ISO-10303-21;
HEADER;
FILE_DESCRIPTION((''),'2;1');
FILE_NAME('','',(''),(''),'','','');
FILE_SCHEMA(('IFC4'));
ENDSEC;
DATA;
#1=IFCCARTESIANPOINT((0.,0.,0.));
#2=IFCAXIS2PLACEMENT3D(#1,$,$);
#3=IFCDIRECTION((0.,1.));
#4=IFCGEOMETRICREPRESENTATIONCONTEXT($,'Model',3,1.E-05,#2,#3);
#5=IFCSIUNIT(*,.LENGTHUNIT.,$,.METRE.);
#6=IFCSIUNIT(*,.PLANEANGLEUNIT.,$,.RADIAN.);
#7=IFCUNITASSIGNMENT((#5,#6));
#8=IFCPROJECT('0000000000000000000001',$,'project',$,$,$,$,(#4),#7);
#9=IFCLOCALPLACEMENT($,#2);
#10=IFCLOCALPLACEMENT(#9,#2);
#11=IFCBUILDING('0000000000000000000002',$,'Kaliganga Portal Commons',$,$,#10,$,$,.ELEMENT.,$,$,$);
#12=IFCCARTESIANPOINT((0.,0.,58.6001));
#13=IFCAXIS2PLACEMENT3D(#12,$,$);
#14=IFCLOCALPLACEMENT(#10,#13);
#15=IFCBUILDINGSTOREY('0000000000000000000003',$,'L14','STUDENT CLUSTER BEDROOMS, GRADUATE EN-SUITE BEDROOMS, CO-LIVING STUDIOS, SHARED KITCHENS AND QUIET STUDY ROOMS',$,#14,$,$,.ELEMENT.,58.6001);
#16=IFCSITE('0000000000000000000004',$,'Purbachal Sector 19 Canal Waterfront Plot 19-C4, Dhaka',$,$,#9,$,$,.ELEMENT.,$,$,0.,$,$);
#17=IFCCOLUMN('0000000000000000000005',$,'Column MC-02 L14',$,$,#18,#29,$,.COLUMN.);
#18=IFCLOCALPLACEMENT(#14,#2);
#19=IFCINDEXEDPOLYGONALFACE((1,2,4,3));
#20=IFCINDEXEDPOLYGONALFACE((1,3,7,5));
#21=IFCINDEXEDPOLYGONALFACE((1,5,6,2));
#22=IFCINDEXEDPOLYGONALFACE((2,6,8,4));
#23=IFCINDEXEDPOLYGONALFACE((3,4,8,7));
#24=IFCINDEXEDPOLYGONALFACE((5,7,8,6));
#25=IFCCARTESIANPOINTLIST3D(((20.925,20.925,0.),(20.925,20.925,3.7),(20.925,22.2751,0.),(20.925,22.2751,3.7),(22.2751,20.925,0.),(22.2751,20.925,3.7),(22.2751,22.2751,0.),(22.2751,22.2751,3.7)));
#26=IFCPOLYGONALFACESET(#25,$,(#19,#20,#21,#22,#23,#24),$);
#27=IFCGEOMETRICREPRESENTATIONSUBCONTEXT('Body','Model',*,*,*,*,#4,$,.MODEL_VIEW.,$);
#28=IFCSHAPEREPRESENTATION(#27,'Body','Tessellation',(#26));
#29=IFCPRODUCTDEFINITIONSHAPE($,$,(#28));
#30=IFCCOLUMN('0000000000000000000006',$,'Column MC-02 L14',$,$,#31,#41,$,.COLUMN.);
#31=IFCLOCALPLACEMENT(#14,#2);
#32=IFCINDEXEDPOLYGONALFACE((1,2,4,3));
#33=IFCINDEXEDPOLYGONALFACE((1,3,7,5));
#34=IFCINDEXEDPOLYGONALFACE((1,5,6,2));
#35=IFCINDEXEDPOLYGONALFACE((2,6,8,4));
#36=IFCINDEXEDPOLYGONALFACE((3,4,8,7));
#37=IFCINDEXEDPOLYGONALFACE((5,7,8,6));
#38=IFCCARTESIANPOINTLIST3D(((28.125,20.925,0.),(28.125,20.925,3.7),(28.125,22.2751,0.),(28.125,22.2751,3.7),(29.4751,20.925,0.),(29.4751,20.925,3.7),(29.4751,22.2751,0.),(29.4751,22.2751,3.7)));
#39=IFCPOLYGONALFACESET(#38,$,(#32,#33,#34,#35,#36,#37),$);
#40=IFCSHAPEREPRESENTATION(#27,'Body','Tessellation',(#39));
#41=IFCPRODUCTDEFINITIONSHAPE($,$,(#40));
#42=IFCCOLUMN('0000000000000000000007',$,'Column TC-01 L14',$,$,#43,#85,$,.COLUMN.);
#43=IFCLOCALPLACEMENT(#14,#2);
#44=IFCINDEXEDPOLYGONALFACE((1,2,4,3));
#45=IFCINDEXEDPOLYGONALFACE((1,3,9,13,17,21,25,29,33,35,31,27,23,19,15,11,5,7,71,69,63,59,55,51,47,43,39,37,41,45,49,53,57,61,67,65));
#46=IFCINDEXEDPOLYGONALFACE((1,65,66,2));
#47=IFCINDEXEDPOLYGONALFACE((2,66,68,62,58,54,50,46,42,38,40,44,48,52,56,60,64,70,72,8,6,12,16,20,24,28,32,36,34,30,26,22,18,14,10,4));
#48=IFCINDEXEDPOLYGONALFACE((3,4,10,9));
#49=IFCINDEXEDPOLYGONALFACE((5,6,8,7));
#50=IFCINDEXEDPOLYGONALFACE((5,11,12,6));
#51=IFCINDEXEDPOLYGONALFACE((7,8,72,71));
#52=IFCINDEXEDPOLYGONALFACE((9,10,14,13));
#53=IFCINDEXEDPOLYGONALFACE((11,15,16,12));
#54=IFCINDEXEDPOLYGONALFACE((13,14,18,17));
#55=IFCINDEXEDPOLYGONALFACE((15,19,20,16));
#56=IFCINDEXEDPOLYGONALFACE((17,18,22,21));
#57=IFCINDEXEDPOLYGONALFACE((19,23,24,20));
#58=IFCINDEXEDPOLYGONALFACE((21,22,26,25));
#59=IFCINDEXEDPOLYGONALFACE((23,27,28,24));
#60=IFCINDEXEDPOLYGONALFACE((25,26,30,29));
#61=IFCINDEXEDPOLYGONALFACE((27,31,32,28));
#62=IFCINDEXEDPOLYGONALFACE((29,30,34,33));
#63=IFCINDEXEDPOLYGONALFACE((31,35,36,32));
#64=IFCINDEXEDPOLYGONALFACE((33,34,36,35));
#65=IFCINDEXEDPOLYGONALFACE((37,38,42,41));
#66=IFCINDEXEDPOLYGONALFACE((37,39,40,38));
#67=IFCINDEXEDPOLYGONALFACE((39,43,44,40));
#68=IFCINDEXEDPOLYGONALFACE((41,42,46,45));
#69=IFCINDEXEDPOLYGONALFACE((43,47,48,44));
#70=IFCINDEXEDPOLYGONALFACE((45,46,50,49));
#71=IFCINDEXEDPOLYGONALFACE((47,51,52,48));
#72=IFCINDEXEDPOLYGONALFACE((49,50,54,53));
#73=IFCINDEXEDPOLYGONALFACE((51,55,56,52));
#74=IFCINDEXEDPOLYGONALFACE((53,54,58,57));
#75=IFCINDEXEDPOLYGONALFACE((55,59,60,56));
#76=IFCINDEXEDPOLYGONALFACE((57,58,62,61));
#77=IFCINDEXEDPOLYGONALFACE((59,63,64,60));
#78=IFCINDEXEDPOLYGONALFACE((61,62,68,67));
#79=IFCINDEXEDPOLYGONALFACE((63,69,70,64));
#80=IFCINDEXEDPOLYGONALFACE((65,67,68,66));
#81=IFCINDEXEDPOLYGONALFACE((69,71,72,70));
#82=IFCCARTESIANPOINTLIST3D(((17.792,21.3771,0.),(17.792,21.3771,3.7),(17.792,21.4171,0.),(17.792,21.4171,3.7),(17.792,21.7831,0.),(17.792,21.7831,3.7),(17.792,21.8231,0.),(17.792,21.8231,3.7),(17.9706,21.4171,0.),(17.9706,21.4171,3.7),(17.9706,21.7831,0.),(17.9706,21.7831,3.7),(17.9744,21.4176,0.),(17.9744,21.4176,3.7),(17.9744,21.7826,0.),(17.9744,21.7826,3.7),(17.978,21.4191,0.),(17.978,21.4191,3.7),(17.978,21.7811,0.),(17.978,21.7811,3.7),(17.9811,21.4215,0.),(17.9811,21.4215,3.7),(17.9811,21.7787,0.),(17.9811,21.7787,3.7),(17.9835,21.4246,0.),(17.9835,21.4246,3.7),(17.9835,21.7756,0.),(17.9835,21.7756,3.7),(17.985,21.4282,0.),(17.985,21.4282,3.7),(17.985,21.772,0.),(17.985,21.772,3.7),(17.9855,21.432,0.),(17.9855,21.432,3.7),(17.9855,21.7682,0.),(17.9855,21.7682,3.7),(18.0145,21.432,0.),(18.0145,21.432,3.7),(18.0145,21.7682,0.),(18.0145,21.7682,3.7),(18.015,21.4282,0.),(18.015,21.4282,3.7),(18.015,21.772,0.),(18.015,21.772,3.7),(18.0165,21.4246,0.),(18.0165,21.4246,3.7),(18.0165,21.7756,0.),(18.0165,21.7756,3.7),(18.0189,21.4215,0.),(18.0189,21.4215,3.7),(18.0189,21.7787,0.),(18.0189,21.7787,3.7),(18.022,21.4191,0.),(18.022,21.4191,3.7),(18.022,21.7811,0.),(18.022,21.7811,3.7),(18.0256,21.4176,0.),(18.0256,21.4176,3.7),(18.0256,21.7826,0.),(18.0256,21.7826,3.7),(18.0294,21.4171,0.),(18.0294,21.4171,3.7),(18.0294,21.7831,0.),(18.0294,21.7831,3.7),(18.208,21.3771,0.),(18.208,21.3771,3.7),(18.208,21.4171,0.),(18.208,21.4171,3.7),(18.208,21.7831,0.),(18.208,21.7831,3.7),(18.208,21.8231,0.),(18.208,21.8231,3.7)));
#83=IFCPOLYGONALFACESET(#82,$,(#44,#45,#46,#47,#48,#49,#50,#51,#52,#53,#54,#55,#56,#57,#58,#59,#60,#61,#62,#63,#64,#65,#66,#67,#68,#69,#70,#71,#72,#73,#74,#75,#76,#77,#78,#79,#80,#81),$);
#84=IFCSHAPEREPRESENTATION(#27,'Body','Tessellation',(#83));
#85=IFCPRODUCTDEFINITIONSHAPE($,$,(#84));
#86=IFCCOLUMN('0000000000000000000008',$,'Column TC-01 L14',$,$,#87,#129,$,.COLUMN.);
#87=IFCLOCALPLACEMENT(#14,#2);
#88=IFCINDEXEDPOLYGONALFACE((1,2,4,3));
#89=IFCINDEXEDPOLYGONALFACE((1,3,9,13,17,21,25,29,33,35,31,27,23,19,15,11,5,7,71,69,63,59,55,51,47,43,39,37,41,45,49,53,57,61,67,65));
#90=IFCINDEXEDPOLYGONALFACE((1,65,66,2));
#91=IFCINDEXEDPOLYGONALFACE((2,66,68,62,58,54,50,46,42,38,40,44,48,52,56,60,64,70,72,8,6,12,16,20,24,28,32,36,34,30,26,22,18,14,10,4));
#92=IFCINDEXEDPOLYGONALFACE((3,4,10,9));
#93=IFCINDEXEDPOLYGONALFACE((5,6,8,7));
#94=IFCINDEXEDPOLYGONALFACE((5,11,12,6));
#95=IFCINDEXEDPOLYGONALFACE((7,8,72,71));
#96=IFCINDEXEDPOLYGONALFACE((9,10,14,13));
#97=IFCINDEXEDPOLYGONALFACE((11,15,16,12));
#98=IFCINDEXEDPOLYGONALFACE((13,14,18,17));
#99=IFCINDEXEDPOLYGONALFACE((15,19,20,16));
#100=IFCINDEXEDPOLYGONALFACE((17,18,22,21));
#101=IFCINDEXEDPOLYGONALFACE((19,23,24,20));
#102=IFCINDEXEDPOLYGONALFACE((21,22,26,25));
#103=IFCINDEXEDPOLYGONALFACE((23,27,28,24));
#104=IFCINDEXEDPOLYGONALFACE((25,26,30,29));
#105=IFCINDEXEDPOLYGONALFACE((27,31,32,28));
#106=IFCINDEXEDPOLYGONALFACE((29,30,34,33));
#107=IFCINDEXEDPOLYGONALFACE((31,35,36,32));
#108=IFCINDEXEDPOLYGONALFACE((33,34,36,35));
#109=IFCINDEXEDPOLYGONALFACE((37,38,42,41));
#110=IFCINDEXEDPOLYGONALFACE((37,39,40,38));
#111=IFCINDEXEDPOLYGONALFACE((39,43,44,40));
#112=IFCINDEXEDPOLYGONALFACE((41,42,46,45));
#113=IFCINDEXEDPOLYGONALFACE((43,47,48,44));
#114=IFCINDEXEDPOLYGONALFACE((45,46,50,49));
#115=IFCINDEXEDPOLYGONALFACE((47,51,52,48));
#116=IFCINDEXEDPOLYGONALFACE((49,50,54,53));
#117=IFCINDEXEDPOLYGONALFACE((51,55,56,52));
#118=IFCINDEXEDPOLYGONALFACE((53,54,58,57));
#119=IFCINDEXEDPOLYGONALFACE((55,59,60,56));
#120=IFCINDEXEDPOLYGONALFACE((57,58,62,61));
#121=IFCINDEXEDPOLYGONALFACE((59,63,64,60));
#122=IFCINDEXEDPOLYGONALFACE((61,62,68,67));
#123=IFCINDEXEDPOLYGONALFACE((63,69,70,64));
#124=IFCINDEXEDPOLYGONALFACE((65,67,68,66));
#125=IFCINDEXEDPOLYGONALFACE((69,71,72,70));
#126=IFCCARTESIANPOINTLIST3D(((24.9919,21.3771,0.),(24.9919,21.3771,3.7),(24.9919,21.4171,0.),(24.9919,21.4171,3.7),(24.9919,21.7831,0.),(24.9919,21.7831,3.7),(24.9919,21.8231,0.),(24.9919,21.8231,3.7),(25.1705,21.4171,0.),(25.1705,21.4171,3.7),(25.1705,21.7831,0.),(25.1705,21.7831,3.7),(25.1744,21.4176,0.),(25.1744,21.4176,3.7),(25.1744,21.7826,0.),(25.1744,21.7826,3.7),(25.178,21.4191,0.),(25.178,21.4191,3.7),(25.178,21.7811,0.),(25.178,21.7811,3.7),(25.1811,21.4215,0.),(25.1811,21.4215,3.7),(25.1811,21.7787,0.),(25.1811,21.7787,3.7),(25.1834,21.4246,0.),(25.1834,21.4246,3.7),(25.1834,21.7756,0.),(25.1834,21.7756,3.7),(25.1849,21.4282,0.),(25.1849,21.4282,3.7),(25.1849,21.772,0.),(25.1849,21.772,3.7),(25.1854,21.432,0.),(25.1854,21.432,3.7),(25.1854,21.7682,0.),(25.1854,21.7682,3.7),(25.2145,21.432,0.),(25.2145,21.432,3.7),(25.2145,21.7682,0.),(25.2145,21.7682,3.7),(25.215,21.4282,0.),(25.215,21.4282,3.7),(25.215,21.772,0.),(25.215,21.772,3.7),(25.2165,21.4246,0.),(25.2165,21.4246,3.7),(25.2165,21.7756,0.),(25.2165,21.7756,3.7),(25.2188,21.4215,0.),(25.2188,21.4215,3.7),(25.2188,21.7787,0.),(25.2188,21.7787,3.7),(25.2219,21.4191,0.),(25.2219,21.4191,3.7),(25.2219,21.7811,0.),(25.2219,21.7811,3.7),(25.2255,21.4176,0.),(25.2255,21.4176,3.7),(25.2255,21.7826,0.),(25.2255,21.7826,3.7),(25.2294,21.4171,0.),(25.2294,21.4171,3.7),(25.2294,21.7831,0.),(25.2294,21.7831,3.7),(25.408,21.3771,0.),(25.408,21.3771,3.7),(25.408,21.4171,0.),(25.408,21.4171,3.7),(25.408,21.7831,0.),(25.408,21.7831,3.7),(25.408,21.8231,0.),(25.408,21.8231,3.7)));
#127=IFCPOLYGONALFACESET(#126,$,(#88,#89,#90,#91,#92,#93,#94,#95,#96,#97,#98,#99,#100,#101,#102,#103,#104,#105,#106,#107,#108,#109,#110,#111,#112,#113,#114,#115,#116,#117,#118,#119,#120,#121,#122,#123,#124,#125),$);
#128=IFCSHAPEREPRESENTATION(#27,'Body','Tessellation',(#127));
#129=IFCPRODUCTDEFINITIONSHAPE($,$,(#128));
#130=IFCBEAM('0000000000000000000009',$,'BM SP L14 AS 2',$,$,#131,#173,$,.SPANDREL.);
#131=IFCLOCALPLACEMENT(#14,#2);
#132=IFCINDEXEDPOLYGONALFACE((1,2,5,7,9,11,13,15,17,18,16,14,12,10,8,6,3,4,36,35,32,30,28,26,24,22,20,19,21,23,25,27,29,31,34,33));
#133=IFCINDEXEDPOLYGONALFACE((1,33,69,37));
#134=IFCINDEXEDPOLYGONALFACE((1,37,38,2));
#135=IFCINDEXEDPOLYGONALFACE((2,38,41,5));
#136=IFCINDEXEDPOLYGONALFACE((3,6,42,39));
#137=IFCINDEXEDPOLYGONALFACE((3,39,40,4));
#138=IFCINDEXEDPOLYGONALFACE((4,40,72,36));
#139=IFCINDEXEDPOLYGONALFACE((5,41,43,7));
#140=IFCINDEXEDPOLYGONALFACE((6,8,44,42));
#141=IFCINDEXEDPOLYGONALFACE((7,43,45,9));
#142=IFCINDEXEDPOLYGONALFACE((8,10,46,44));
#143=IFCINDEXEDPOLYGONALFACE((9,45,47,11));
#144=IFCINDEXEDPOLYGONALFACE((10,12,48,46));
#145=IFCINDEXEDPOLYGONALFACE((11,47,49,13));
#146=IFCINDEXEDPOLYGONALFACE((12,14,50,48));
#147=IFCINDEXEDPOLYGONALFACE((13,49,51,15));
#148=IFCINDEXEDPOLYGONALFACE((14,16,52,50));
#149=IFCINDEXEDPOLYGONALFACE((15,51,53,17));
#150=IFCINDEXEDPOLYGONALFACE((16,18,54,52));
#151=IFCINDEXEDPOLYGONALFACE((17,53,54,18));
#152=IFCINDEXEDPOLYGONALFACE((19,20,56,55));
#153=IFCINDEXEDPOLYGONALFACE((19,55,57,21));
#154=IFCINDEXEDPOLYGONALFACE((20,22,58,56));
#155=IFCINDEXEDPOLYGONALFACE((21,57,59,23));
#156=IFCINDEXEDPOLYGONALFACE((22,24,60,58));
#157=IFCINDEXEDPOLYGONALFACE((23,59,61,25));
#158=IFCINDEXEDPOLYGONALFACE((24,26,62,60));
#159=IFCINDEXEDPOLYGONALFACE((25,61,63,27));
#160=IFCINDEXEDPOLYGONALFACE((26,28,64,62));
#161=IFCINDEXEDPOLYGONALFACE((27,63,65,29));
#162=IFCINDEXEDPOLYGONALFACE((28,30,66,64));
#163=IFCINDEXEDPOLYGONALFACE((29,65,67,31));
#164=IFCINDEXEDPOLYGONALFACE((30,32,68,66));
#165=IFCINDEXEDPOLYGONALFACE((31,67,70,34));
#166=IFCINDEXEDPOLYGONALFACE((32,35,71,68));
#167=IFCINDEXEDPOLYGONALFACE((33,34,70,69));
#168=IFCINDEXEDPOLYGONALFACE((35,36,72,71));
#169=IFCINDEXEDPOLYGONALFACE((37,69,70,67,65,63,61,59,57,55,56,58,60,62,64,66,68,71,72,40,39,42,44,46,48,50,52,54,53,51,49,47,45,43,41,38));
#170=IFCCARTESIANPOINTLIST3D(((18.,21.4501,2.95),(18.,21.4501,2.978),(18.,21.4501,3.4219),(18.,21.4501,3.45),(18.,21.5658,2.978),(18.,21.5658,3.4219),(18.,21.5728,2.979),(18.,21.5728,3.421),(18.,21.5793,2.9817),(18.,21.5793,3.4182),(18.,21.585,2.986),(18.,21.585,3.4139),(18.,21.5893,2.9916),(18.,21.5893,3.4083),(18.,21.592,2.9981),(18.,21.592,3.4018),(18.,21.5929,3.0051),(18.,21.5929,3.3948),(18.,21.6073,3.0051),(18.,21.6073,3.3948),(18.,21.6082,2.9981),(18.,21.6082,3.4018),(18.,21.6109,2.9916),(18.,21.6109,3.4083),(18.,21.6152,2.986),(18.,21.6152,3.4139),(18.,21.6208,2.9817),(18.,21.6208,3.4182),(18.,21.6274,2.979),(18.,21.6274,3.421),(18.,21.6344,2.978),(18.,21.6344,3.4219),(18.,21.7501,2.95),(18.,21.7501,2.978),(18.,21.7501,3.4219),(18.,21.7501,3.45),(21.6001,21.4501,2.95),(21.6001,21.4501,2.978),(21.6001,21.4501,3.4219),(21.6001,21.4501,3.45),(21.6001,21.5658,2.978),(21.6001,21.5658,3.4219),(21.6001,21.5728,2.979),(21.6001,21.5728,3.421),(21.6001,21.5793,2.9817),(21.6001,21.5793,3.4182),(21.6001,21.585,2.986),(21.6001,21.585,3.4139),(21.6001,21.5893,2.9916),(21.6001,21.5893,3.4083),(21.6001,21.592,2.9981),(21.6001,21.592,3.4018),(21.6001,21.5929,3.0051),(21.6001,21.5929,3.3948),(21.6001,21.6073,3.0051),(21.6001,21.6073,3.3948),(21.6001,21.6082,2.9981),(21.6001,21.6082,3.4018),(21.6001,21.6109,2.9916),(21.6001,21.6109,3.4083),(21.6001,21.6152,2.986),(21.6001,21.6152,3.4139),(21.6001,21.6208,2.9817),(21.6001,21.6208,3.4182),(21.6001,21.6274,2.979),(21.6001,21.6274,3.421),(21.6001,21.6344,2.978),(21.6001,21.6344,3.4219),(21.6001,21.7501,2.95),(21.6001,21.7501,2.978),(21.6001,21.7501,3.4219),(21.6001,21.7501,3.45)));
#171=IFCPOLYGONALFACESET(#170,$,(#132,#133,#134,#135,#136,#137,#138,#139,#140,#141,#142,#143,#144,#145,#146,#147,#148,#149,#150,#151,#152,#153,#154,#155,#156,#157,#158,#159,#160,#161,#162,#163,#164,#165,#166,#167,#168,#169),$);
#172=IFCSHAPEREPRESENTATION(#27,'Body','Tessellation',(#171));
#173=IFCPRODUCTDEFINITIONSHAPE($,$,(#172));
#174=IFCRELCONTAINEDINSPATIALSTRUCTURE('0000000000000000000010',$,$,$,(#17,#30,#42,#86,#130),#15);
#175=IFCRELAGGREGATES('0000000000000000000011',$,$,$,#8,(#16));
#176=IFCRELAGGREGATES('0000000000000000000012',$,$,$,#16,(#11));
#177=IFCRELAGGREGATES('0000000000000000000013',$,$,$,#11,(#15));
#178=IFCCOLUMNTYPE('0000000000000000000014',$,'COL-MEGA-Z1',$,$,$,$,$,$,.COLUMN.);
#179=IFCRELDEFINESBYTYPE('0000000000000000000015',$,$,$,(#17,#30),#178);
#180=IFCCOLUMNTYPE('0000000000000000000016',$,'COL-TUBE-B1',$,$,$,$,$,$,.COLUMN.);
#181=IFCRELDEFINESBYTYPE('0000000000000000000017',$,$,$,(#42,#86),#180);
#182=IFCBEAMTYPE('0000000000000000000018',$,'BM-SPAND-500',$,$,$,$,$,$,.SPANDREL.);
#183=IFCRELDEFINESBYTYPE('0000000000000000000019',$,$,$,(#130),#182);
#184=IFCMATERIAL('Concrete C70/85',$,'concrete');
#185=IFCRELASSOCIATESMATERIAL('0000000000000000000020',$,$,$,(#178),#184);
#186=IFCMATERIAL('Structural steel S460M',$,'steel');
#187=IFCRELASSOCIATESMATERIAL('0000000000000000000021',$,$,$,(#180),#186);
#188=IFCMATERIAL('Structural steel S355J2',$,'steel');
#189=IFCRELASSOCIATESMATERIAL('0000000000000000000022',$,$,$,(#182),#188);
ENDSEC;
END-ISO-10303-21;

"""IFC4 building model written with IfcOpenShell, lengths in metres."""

from ifc_helpers import new_model, si_unit, direction, frame, origin, origin_2d, place, context, subcontext, project, spatial, rectangle, i_section, extrude, source, transform, mapped, material, material_profile, profile_set, type_object, element, save


model = new_model("IFC4")

# Units and contexts
model_context = context("Model", 3, precision=1e-05, world=origin(), true_north=direction((0.0, 1.0)))
body_context = subcontext(model_context, "Body", "Model", "MODEL_VIEW")
ifc_project = project(units=[si_unit("LENGTHUNIT", "METRE"), si_unit("PLANEANGLEUNIT", "RADIAN")], contexts=[model_context])

# Site, building, storey
site_placement = place(None, origin())
site = spatial("IfcSite", under=ifc_project, at=site_placement, Name="Purbachal Sector 19 Canal Waterfront Plot 19-C4, Dhaka", CompositionType="ELEMENT", RefElevation=0.0)
building_placement = place(site_placement, origin())
building = spatial("IfcBuilding", under=site, at=building_placement, Name="Kaliganga Portal Commons", CompositionType="ELEMENT")
storey_placement = place(building_placement, frame((0.0, 0.0, 58.6001)))
storey = spatial("IfcBuildingStorey", under=building, at=storey_placement, Name="L14", Description="STUDENT CLUSTER BEDROOMS, GRADUATE EN-SUITE BEDROOMS, CO-LIVING STUDIOS, SHARED KITCHENS AND QUIET STUDY ROOMS", CompositionType="ELEMENT", Elevation=58.6001)

# Columns
ifc_material_1 = material(Name="Concrete C70/85", Category="concrete")
ifc_material_profile_1 = material_profile(ifc_material_1, rectangle(XDim=1.3501, YDim=1.3501, at=origin_2d()), Name="RC 1350x1350")
ifc_profile_set_1 = profile_set([ifc_material_profile_1], Name="Concrete C70/85")
column_type_1 = type_object("IfcColumnType", Name="COL-MEGA-Z1", PredefinedType="COLUMN", material=ifc_profile_set_1)
shared_shape_1 = source(origin(), body_context, "Body", "SweptSolid", [
    extrude(rectangle(XDim=1.3501, YDim=1.3501, at=origin_2d()), origin(), (0.0, 0.0, 1.0), 3.7),
])
for number, where, z_axis, x_axis, name in (
    (1, (21.6001, 21.6001, 0.0), (0.0, 0.0, 1.0), (1.0, 0.0, 0.0), "Column MC-02 L14"),
    (2, (28.8, 21.6001, 0.0), (0.0, 0.0, 1.0), (1.0, 0.0, 0.0), "Column MC-02 L14"),
):
    element("IfcColumn", number, at=place(storey_placement, frame(where, z_axis=z_axis, x_axis=x_axis)), inside=storey, type_object=column_type_1, Name=name, PredefinedType="COLUMN", context=body_context, shape_type="MappedRepresentation", body=[
        mapped(shared_shape_1, transform((0.0, 0.0, 0.0), x_axis=(1.0, 0.0, 0.0), y_axis=(0.0, 1.0, 0.0), z_axis=(0.0, 0.0, 1.0), scale=1.0)),
    ])
ifc_material_2 = material(Name="Structural steel S460M", Category="steel")
ifc_material_profile_2 = material_profile(ifc_material_2, i_section(OverallWidth=0.416, OverallDepth=0.446, WebThickness=0.0291, FlangeThickness=0.04, FilletRadius=0.0149, at=origin_2d()), Name="HD 400x509")
ifc_profile_set_2 = profile_set([ifc_material_profile_2], Name="Structural steel S460M wide-flange")
column_type_2 = type_object("IfcColumnType", Name="COL-TUBE-B1", PredefinedType="COLUMN", material=ifc_profile_set_2)
shared_shape_2 = source(origin(), body_context, "Body", "SweptSolid", [
    extrude(i_section(OverallWidth=0.416, OverallDepth=0.446, WebThickness=0.0291, FlangeThickness=0.04, FilletRadius=0.0149, at=origin_2d()), origin(), (0.0, 0.0, 1.0), 3.7),
])
for number, where, z_axis, x_axis, name in (
    (3, (18.0, 21.6001, 0.0), (0.0, 0.0, 1.0), (1.0, 0.0, 0.0), "Column TC-01 L14"),
    (4, (25.2, 21.6001, 0.0), (0.0, 0.0, 1.0), (1.0, 0.0, 0.0), "Column TC-01 L14"),
):
    element("IfcColumn", number, at=place(storey_placement, frame(where, z_axis=z_axis, x_axis=x_axis)), inside=storey, type_object=column_type_2, Name=name, PredefinedType="COLUMN", context=body_context, shape_type="MappedRepresentation", body=[
        mapped(shared_shape_2, transform((0.0, 0.0, 0.0), x_axis=(1.0, 0.0, 0.0), y_axis=(0.0, 1.0, 0.0), z_axis=(0.0, 0.0, 1.0), scale=1.0)),
    ])

# Beam
ifc_material_3 = material(Name="Structural steel S355J2", Category="steel")
ifc_material_profile_3 = material_profile(ifc_material_3, i_section(OverallWidth=0.3, OverallDepth=0.5, WebThickness=0.0144, FlangeThickness=0.0281, FilletRadius=0.0271, at=origin_2d()), Name="HE 500 B")
ifc_profile_set_3 = profile_set([ifc_material_profile_3], Name="Structural steel S355J2 wide-flange")
beam_type_1 = type_object("IfcBeamType", Name="BM-SPAND-500", PredefinedType="SPANDREL", material=ifc_profile_set_3)
shared_shape_3 = source(origin(), body_context, "Body", "SweptSolid", [
    extrude(i_section(OverallWidth=0.3, OverallDepth=0.5, WebThickness=0.0144, FlangeThickness=0.0281, FilletRadius=0.0271, at=origin_2d()), origin(), (0.0, 0.0, 1.0), 3.6001),
])
for number, where, z_axis, x_axis, name in (
    (5, (18.0, 21.6001, 3.2), (1.0, 0.0, 0.0), (0.0, 1.0, 0.0), "BM SP L14 AS 2"),
):
    element("IfcBeam", number, at=place(storey_placement, frame(where, z_axis=z_axis, x_axis=x_axis)), inside=storey, type_object=beam_type_1, Name=name, PredefinedType="SPANDREL", context=body_context, shape_type="MappedRepresentation", body=[
        mapped(shared_shape_3, transform((0.0, 0.0, 0.0), x_axis=(1.0, 0.0, 0.0), y_axis=(0.0, 1.0, 0.0), z_axis=(0.0, 0.0, 1.0), scale=1.0)),
    ])

save(model, "model.ifc")
